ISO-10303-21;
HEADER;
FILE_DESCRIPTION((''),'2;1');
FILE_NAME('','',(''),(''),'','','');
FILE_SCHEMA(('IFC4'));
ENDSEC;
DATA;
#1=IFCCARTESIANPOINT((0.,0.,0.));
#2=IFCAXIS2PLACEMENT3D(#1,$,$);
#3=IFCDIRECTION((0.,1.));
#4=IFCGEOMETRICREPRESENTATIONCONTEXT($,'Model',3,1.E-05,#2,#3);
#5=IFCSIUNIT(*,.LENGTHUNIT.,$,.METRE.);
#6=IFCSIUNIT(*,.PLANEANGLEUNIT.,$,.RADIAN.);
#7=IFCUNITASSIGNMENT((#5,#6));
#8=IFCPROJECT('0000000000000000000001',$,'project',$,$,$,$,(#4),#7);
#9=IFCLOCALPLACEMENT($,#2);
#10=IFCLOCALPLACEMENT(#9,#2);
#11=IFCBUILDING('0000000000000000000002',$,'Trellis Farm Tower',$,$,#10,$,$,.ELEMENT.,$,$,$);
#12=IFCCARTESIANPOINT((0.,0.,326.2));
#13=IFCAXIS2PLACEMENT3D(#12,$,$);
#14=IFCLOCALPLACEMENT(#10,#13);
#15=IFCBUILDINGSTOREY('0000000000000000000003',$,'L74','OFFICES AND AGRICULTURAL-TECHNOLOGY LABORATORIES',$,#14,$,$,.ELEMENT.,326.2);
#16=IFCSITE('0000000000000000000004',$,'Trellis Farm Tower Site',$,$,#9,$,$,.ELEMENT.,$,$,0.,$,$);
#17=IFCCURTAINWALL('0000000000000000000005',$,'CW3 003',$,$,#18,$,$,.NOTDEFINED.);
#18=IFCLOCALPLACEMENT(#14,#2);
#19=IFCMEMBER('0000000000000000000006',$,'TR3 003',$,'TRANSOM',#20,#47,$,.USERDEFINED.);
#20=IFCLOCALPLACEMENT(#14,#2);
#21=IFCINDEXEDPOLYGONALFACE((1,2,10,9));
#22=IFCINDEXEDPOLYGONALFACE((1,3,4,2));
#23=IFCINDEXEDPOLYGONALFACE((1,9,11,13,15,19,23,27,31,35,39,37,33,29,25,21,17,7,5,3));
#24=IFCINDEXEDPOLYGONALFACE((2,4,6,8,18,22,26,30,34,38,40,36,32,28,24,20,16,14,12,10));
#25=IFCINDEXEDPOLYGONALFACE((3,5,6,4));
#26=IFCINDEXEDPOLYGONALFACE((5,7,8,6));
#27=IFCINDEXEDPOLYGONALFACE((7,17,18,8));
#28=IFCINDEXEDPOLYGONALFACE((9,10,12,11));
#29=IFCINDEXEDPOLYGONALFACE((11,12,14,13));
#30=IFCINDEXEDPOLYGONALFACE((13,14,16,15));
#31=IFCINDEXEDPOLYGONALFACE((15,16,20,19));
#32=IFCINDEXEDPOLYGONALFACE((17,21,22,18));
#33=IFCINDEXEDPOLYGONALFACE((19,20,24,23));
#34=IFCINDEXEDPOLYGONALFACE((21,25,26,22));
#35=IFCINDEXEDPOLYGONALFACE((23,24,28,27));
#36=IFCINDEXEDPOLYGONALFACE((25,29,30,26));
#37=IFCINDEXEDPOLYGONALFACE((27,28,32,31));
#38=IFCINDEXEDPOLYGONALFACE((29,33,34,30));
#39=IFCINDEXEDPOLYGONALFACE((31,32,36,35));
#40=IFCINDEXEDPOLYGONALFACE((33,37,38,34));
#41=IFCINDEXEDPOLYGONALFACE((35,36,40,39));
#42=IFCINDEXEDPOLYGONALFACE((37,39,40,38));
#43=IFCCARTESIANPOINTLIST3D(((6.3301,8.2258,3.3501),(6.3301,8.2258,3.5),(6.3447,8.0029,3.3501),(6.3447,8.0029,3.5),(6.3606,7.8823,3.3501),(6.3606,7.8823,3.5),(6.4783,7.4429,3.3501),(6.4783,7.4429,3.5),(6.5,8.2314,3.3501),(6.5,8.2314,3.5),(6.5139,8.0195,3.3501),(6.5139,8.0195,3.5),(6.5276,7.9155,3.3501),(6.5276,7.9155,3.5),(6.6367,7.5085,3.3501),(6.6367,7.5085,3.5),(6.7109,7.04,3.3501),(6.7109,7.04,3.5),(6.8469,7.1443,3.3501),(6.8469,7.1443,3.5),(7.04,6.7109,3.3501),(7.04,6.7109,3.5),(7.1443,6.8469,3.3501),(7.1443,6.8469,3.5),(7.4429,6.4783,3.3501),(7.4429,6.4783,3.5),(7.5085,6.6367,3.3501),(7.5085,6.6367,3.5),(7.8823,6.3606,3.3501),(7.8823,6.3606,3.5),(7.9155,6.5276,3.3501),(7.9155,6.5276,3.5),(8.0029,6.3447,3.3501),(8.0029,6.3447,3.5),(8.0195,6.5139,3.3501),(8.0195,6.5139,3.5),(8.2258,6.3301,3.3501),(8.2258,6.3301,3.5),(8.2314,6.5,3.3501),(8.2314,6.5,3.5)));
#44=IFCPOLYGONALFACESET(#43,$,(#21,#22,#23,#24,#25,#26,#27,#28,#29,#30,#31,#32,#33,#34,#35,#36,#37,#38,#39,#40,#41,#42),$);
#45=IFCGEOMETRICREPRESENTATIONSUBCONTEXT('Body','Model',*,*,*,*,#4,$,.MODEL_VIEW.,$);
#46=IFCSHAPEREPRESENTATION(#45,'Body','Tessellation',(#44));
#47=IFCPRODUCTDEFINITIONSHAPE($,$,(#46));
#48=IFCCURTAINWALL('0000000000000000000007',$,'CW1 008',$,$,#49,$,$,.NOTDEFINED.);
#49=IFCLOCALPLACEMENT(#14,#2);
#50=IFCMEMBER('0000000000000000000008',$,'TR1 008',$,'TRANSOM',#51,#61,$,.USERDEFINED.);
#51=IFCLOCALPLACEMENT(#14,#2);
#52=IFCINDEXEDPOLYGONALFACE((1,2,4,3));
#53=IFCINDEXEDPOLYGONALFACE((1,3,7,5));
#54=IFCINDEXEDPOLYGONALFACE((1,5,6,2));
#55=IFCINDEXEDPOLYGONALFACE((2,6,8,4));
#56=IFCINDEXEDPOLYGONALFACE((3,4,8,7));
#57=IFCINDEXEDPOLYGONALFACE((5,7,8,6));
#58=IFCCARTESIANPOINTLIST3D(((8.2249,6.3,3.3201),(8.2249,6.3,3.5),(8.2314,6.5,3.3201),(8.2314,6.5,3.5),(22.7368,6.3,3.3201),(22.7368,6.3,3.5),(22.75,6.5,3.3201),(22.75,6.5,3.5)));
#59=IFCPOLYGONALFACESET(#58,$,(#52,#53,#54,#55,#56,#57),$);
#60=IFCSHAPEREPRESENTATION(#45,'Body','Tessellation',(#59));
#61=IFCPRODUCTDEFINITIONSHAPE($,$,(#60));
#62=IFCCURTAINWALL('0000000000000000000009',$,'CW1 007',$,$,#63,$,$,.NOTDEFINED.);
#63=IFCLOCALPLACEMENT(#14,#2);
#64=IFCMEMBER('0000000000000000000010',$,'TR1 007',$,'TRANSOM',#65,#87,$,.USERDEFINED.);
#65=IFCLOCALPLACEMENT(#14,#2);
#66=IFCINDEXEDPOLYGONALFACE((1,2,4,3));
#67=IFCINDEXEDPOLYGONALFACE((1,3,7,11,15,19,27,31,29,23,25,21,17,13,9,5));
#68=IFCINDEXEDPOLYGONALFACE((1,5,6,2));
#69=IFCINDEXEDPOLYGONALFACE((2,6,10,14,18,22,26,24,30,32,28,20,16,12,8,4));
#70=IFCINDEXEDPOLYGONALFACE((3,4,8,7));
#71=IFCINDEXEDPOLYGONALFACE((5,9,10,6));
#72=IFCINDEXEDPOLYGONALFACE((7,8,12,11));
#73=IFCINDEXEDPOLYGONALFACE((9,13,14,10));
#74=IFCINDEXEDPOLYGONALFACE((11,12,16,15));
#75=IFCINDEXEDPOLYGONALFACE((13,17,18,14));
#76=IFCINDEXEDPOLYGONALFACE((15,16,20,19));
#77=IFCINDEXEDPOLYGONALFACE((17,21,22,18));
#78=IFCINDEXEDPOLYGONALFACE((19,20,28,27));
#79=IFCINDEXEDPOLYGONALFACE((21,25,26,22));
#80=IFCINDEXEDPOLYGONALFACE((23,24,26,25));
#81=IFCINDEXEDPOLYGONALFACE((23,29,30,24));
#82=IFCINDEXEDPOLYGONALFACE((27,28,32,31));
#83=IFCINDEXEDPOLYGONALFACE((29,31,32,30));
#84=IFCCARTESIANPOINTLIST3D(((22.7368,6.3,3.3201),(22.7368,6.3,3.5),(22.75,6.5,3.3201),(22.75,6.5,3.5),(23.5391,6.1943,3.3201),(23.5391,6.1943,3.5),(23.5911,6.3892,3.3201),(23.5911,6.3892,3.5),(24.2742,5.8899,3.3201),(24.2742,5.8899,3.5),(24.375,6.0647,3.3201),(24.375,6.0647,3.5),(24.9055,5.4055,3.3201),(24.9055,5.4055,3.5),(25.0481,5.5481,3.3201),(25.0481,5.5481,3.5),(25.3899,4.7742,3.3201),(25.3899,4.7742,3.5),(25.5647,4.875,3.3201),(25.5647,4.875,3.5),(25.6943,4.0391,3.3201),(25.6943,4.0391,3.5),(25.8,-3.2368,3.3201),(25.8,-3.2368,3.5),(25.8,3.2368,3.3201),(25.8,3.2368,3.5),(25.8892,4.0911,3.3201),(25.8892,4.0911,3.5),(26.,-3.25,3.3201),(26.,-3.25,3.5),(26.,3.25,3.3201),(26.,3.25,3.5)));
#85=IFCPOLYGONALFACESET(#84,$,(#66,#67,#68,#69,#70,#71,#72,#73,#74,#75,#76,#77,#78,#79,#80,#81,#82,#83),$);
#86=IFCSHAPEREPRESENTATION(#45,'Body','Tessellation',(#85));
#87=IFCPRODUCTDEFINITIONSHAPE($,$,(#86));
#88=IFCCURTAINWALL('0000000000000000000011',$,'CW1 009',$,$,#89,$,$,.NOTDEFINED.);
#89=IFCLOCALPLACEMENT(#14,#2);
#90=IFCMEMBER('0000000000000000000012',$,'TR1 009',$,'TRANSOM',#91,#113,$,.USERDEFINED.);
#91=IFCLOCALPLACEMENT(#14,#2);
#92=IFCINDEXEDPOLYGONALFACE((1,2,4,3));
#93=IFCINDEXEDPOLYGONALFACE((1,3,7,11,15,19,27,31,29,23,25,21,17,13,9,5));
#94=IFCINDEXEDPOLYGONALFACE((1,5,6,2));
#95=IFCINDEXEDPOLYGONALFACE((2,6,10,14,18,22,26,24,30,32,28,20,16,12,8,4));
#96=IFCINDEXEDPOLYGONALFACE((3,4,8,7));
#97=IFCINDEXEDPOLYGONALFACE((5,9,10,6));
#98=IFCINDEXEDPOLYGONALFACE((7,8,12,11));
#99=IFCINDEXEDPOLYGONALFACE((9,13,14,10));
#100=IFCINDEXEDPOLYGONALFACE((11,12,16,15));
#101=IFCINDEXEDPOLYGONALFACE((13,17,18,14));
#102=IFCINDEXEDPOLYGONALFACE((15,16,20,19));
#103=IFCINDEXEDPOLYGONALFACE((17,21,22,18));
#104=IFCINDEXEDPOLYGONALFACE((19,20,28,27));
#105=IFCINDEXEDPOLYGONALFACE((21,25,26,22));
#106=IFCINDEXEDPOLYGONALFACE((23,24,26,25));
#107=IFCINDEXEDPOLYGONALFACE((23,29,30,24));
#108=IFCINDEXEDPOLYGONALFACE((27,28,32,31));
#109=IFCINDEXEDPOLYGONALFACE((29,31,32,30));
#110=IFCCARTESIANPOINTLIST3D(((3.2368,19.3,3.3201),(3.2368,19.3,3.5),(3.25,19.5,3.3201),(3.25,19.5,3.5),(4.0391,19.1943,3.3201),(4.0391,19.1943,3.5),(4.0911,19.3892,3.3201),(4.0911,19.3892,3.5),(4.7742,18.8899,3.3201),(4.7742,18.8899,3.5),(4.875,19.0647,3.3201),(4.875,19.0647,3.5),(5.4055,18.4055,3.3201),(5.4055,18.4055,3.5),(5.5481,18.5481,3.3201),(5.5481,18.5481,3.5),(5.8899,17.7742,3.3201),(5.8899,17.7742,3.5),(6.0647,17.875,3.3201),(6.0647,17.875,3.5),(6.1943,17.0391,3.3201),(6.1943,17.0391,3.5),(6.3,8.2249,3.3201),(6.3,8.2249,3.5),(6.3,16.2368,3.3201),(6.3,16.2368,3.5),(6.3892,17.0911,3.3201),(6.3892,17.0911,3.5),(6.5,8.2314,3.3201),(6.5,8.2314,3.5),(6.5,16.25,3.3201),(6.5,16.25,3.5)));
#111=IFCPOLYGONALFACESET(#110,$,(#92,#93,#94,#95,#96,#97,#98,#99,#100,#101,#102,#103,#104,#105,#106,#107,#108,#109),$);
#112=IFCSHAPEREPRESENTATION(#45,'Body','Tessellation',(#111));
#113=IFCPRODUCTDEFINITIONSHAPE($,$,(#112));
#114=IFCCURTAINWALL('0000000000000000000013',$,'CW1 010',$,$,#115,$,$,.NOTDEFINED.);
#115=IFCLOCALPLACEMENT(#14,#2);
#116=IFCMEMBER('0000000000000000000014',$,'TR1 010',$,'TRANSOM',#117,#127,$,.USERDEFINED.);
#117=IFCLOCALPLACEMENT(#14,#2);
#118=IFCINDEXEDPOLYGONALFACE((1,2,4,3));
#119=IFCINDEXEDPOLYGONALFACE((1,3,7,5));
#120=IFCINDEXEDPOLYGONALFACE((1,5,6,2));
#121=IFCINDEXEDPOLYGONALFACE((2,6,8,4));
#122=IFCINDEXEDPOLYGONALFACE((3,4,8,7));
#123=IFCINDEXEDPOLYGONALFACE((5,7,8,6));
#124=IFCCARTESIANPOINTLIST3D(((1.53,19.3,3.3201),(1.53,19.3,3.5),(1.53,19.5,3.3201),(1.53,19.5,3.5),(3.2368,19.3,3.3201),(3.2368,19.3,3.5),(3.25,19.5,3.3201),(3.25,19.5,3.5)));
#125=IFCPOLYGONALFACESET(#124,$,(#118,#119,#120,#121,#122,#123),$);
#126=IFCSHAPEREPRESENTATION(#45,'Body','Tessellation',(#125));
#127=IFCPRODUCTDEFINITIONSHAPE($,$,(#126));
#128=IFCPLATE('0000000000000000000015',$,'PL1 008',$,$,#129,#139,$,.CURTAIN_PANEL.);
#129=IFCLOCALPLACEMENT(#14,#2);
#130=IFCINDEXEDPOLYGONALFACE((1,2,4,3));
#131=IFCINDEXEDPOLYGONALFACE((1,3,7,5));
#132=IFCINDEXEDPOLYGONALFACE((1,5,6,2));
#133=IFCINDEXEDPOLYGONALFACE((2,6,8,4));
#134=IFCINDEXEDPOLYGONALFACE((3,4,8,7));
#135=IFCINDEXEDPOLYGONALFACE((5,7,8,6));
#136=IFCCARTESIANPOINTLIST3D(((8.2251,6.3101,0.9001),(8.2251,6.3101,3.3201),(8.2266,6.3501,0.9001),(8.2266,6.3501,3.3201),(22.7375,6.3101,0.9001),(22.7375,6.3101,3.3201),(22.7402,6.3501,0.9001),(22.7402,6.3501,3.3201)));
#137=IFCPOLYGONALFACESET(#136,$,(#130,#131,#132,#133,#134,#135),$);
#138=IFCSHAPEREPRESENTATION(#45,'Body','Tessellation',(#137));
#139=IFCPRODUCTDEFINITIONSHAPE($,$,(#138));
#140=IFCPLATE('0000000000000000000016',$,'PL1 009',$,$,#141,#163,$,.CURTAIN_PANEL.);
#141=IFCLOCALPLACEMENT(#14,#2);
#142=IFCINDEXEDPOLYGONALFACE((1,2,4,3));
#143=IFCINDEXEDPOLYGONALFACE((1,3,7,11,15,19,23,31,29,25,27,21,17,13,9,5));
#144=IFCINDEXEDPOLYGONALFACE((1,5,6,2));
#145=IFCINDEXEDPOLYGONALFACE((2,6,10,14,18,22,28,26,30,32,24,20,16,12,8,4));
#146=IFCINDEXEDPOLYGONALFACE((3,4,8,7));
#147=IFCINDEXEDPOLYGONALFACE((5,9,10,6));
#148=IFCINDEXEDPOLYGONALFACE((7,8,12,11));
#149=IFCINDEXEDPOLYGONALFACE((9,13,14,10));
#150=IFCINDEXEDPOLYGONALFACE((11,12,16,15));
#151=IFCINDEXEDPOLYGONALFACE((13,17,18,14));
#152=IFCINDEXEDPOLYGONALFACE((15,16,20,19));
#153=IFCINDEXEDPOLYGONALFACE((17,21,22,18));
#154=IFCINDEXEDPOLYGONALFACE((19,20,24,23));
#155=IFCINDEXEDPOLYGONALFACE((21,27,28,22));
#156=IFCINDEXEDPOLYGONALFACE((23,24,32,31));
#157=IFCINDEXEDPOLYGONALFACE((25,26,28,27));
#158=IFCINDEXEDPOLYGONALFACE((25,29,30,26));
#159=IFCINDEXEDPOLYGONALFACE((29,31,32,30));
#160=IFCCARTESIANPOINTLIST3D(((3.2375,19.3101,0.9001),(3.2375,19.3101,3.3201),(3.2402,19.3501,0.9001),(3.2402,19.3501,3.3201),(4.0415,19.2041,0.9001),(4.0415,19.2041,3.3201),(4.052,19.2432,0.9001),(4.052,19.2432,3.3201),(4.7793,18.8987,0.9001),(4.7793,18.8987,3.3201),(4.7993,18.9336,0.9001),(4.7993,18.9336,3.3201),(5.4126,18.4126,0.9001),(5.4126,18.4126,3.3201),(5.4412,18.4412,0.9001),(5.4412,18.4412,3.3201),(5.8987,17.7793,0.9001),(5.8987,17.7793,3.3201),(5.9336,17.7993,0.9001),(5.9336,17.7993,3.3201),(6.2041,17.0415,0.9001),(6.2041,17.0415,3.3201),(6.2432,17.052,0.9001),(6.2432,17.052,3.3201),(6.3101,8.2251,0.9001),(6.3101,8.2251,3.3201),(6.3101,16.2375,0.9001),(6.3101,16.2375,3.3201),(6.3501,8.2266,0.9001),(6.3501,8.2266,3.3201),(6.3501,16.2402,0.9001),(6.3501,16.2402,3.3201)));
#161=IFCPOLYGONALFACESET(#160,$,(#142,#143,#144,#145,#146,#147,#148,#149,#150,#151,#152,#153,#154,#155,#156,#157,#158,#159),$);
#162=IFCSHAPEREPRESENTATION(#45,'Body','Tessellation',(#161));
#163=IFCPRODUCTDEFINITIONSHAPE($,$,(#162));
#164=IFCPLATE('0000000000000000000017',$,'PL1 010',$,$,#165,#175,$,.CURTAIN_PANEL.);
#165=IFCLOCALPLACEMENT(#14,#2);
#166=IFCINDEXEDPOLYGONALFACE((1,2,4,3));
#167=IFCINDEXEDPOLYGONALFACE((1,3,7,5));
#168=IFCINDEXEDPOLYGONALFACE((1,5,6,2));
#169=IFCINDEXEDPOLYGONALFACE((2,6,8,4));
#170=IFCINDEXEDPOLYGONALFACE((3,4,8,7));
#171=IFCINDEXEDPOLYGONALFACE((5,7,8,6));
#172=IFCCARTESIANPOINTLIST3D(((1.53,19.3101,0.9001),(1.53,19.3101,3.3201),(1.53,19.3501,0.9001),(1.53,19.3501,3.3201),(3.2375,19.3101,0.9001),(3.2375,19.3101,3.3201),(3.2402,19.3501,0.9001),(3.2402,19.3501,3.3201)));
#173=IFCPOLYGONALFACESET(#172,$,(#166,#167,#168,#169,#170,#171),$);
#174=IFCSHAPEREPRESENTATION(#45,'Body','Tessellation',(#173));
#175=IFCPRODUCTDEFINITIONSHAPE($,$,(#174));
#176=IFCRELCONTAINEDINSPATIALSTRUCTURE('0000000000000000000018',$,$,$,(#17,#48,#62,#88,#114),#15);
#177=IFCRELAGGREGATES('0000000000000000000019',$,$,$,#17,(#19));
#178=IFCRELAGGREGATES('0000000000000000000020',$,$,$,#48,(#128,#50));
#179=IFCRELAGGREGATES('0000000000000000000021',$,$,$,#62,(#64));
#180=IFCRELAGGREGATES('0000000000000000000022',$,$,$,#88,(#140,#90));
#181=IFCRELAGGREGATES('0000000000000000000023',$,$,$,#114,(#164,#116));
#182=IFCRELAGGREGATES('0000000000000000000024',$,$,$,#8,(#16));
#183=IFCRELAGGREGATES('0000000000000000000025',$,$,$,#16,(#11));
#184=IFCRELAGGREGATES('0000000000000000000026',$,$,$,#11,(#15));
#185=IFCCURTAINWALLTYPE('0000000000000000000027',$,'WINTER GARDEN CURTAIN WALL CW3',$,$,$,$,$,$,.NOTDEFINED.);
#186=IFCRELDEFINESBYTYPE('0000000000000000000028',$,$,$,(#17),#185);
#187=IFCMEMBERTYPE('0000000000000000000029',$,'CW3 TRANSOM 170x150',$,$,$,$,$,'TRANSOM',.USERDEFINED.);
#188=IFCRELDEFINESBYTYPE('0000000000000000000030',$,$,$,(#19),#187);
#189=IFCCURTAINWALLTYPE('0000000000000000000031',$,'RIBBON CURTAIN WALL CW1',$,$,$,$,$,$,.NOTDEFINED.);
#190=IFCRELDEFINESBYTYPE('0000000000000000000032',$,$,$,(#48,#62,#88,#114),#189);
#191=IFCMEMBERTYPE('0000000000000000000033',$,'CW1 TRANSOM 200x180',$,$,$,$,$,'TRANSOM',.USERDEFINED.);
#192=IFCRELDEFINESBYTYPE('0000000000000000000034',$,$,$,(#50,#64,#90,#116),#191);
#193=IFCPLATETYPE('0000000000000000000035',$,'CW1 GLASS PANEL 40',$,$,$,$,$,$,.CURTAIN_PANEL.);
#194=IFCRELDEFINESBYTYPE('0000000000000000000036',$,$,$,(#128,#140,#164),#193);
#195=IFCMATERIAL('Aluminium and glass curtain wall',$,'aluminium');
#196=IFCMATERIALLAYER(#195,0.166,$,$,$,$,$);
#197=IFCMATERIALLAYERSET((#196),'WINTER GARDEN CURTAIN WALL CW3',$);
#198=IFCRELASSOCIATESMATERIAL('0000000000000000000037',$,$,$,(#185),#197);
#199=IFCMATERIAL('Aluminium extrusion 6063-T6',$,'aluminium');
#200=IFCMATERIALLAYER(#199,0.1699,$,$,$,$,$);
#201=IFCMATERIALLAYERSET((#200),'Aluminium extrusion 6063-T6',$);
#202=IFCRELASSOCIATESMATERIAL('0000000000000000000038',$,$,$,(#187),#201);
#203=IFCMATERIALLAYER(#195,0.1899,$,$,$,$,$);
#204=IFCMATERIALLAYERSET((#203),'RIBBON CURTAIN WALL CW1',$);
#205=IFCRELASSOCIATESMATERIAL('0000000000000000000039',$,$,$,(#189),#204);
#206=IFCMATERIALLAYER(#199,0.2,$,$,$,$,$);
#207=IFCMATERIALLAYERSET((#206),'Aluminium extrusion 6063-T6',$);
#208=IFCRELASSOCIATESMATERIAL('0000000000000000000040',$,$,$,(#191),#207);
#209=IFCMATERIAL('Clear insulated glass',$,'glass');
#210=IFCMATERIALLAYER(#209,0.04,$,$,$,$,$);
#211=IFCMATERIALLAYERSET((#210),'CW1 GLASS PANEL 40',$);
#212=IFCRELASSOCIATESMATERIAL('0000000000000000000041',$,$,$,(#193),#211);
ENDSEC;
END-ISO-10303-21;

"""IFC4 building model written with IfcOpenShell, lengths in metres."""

from ifc_helpers import new_model, si_unit, direction, frame, origin, place, context, subcontext, project, spatial, polyline, outline, extrude, source, transform, mapped, material, layer, layer_set, type_object, element, aggregate, save


model = new_model("IFC4")

# Units and contexts
model_context = context("Model", 3, precision=1e-05, world=origin(), true_north=direction((0.0, 1.0)))
body_context = subcontext(model_context, "Body", "Model", "MODEL_VIEW")
ifc_project = project(units=[si_unit("LENGTHUNIT", "METRE"), si_unit("PLANEANGLEUNIT", "RADIAN")], contexts=[model_context])

# Site, building, storey
site_placement = place(None, origin())
site = spatial("IfcSite", under=ifc_project, at=site_placement, Name="Trellis Farm Tower Site", CompositionType="ELEMENT", RefElevation=0.0)
building_placement = place(site_placement, origin())
building = spatial("IfcBuilding", under=site, at=building_placement, Name="Trellis Farm Tower", CompositionType="ELEMENT")
storey_placement = place(building_placement, frame((0.0, 0.0, 326.2)))
storey = spatial("IfcBuildingStorey", under=building, at=storey_placement, Name="L74", Description="OFFICES AND AGRICULTURAL-TECHNOLOGY LABORATORIES", CompositionType="ELEMENT", Elevation=326.2)

# Curtain walls, members
ifc_material_1 = material(Name="Aluminium and glass curtain wall", Category="aluminium")
ifc_layer_1 = layer(ifc_material_1, 0.166)
ifc_layer_set_1 = layer_set([ifc_layer_1], Name="WINTER GARDEN CURTAIN WALL CW3")
curtain_wall_type_1 = type_object("IfcCurtainWallType", Name="WINTER GARDEN CURTAIN WALL CW3", PredefinedType="NOTDEFINED", material=ifc_layer_set_1)
placement_1 = place(storey_placement, origin())
curtain_wall_1 = element("IfcCurtainWall", 1, at=placement_1, inside=storey, type_object=curtain_wall_type_1, Name="CW3 003", PredefinedType="NOTDEFINED")
ifc_material_2 = material(Name="Aluminium extrusion 6063-T6", Category="aluminium")
ifc_layer_2 = layer(ifc_material_2, 0.1699)
ifc_layer_set_2 = layer_set([ifc_layer_2], Name="Aluminium extrusion 6063-T6")
member_type_1 = type_object("IfcMemberType", Name="CW3 TRANSOM 170x150", ElementType="TRANSOM", PredefinedType="USERDEFINED", material=ifc_layer_set_2)
shared_shape_1 = source(origin(), body_context, "Body", "SweptSolid", [
    extrude(outline(polyline([(8.2314, 6.5), (8.0195, 6.5139), (7.9155, 6.5276), (7.5085, 6.6367), (7.1443, 6.8469), (6.8469, 7.1443), (6.6367, 7.5085), (6.5276, 7.9155), (6.5139, 8.0195), (6.5, 8.2314), (6.3301, 8.2258), (6.3447, 8.0029), (6.3606, 7.8823), (6.4783, 7.4429), (6.7109, 7.04), (7.04, 6.7109), (7.4429, 6.4783), (7.8823, 6.3606), (8.0029, 6.3447), (8.2258, 6.3301), (8.2314, 6.5)])), origin(), (0.0, 0.0, 1.0), 0.1499),
])
member_1_placement = place(storey_placement, frame((0.0, 0.0, 3.3501)))
member_1 = element("IfcMember", 2, at=member_1_placement, type_object=member_type_1, Name="TR3 003", ObjectType="TRANSOM", PredefinedType="USERDEFINED", context=body_context, shape_type="MappedRepresentation", body=[
    mapped(shared_shape_1, transform((0.0, 0.0, 0.0))),
])
ifc_layer_3 = layer(ifc_material_1, 0.1899)
ifc_layer_set_3 = layer_set([ifc_layer_3], Name="RIBBON CURTAIN WALL CW1")
curtain_wall_type_2 = type_object("IfcCurtainWallType", Name="RIBBON CURTAIN WALL CW1", PredefinedType="NOTDEFINED", material=ifc_layer_set_3)
curtain_wall_2 = element("IfcCurtainWall", 3, at=placement_1, inside=storey, type_object=curtain_wall_type_2, Name="CW1 008", PredefinedType="NOTDEFINED")
ifc_layer_4 = layer(ifc_material_2, 0.2)
ifc_layer_set_4 = layer_set([ifc_layer_4], Name="Aluminium extrusion 6063-T6")
member_type_2 = type_object("IfcMemberType", Name="CW1 TRANSOM 200x180", ElementType="TRANSOM", PredefinedType="USERDEFINED", material=ifc_layer_set_4)
shared_shape_2 = source(origin(), body_context, "Body", "SweptSolid", [
    extrude(outline(polyline([(22.75, 6.5), (8.2314, 6.5), (8.2249, 6.3), (22.7368, 6.3), (22.75, 6.5)])), origin(), (0.0, 0.0, 1.0), 0.1799),
])
placement_2 = place(storey_placement, frame((0.0, 0.0, 3.3201)))
member_2 = element("IfcMember", 4, at=placement_2, type_object=member_type_2, Name="TR1 008", ObjectType="TRANSOM", PredefinedType="USERDEFINED", context=body_context, shape_type="MappedRepresentation", body=[
    mapped(shared_shape_2, transform((0.0, 0.0, 0.0))),
])
curtain_wall_3 = element("IfcCurtainWall", 5, at=placement_1, inside=storey, type_object=curtain_wall_type_2, Name="CW1 007", PredefinedType="NOTDEFINED")
shared_shape_3 = source(origin(), body_context, "Body", "SweptSolid", [
    extrude(outline(polyline([(26.0, -3.25), (26.0, 3.25), (25.8892, 4.0911), (25.5647, 4.875), (25.0481, 5.5481), (24.375, 6.0647), (23.5911, 6.3892), (22.75, 6.5), (22.7368, 6.3), (23.5391, 6.1943), (24.2742, 5.8899), (24.9055, 5.4055), (25.3899, 4.7742), (25.6943, 4.0391), (25.8, 3.2368), (25.8, -3.2368), (26.0, -3.25)])), origin(), (0.0, 0.0, 1.0), 0.1799),
])
member_3 = element("IfcMember", 6, at=placement_2, type_object=member_type_2, Name="TR1 007", ObjectType="TRANSOM", PredefinedType="USERDEFINED", context=body_context, shape_type="MappedRepresentation", body=[
    mapped(shared_shape_3, transform((0.0, 0.0, 0.0))),
])
curtain_wall_4 = element("IfcCurtainWall", 7, at=placement_1, inside=storey, type_object=curtain_wall_type_2, Name="CW1 009", PredefinedType="NOTDEFINED")
shared_shape_4 = source(origin(), body_context, "Body", "SweptSolid", [
    extrude(outline(polyline([(6.5, 8.2314), (6.5, 16.25), (6.3892, 17.0911), (6.0647, 17.875), (5.5481, 18.5481), (4.875, 19.0647), (4.0911, 19.3892), (3.25, 19.5), (3.2368, 19.3), (4.0391, 19.1943), (4.7742, 18.8899), (5.4055, 18.4055), (5.8899, 17.7742), (6.1943, 17.0391), (6.3, 16.2368), (6.3, 8.2249), (6.5, 8.2314)])), origin(), (0.0, 0.0, 1.0), 0.1799),
])
member_4 = element("IfcMember", 8, at=placement_2, type_object=member_type_2, Name="TR1 009", ObjectType="TRANSOM", PredefinedType="USERDEFINED", context=body_context, shape_type="MappedRepresentation", body=[
    mapped(shared_shape_4, transform((0.0, 0.0, 0.0))),
])
curtain_wall_5 = element("IfcCurtainWall", 9, at=placement_1, inside=storey, type_object=curtain_wall_type_2, Name="CW1 010", PredefinedType="NOTDEFINED")
shared_shape_5 = source(origin(), body_context, "Body", "SweptSolid", [
    extrude(outline(polyline([(3.25, 19.5), (1.53, 19.5), (1.53, 19.3), (3.2368, 19.3), (3.25, 19.5)])), origin(), (0.0, 0.0, 1.0), 0.1799),
])
member_5 = element("IfcMember", 10, at=placement_2, type_object=member_type_2, Name="TR1 010", ObjectType="TRANSOM", PredefinedType="USERDEFINED", context=body_context, shape_type="MappedRepresentation", body=[
    mapped(shared_shape_5, transform((0.0, 0.0, 0.0))),
])

# Plates
ifc_material_3 = material(Name="Clear insulated glass", Category="glass")
ifc_layer_5 = layer(ifc_material_3, 0.04)
ifc_layer_set_5 = layer_set([ifc_layer_5], Name="CW1 GLASS PANEL 40")
plate_type_1 = type_object("IfcPlateType", Name="CW1 GLASS PANEL 40", PredefinedType="CURTAIN_PANEL", material=ifc_layer_set_5)
placement_3 = place(storey_placement, frame((0.0, 0.0, 0.9001)))
plate_1 = element("IfcPlate", 11, at=placement_3, type_object=plate_type_1, Name="PL1 008", PredefinedType="CURTAIN_PANEL", context=body_context, shape_type="SweptSolid", body=[
    extrude(outline(polyline([(22.7402, 6.3501), (8.2266, 6.3501), (8.2251, 6.3101), (22.7375, 6.3101), (22.7402, 6.3501)])), origin(), (0.0, 0.0, 1.0), 2.4199),
])
plate_2 = element("IfcPlate", 12, at=placement_3, type_object=plate_type_1, Name="PL1 009", PredefinedType="CURTAIN_PANEL", context=body_context, shape_type="SweptSolid", body=[
    extrude(outline(polyline([(6.3501, 8.2266), (6.3501, 16.2402), (6.2432, 17.052), (5.9336, 17.7993), (5.4412, 18.4412), (4.7993, 18.9336), (4.052, 19.2432), (3.2402, 19.3501), (3.2375, 19.3101), (4.0415, 19.2041), (4.7793, 18.8987), (5.4126, 18.4126), (5.8987, 17.7793), (6.2041, 17.0415), (6.3101, 16.2375), (6.3101, 8.2251), (6.3501, 8.2266)])), origin(), (0.0, 0.0, 1.0), 2.4199),
])
plate_3 = element("IfcPlate", 13, at=placement_3, type_object=plate_type_1, Name="PL1 010", PredefinedType="CURTAIN_PANEL", context=body_context, shape_type="SweptSolid", body=[
    extrude(outline(polyline([(3.2402, 19.3501), (1.53, 19.3501), (1.53, 19.3101), (3.2375, 19.3101), (3.2402, 19.3501)])), origin(), (0.0, 0.0, 1.0), 2.4199),
])
aggregate(curtain_wall_1, [member_1])
aggregate(curtain_wall_2, [plate_1, member_2])
aggregate(curtain_wall_3, [member_3])
aggregate(curtain_wall_4, [plate_2, member_4])
aggregate(curtain_wall_5, [plate_3, member_5])

save(model, "model.ifc")
